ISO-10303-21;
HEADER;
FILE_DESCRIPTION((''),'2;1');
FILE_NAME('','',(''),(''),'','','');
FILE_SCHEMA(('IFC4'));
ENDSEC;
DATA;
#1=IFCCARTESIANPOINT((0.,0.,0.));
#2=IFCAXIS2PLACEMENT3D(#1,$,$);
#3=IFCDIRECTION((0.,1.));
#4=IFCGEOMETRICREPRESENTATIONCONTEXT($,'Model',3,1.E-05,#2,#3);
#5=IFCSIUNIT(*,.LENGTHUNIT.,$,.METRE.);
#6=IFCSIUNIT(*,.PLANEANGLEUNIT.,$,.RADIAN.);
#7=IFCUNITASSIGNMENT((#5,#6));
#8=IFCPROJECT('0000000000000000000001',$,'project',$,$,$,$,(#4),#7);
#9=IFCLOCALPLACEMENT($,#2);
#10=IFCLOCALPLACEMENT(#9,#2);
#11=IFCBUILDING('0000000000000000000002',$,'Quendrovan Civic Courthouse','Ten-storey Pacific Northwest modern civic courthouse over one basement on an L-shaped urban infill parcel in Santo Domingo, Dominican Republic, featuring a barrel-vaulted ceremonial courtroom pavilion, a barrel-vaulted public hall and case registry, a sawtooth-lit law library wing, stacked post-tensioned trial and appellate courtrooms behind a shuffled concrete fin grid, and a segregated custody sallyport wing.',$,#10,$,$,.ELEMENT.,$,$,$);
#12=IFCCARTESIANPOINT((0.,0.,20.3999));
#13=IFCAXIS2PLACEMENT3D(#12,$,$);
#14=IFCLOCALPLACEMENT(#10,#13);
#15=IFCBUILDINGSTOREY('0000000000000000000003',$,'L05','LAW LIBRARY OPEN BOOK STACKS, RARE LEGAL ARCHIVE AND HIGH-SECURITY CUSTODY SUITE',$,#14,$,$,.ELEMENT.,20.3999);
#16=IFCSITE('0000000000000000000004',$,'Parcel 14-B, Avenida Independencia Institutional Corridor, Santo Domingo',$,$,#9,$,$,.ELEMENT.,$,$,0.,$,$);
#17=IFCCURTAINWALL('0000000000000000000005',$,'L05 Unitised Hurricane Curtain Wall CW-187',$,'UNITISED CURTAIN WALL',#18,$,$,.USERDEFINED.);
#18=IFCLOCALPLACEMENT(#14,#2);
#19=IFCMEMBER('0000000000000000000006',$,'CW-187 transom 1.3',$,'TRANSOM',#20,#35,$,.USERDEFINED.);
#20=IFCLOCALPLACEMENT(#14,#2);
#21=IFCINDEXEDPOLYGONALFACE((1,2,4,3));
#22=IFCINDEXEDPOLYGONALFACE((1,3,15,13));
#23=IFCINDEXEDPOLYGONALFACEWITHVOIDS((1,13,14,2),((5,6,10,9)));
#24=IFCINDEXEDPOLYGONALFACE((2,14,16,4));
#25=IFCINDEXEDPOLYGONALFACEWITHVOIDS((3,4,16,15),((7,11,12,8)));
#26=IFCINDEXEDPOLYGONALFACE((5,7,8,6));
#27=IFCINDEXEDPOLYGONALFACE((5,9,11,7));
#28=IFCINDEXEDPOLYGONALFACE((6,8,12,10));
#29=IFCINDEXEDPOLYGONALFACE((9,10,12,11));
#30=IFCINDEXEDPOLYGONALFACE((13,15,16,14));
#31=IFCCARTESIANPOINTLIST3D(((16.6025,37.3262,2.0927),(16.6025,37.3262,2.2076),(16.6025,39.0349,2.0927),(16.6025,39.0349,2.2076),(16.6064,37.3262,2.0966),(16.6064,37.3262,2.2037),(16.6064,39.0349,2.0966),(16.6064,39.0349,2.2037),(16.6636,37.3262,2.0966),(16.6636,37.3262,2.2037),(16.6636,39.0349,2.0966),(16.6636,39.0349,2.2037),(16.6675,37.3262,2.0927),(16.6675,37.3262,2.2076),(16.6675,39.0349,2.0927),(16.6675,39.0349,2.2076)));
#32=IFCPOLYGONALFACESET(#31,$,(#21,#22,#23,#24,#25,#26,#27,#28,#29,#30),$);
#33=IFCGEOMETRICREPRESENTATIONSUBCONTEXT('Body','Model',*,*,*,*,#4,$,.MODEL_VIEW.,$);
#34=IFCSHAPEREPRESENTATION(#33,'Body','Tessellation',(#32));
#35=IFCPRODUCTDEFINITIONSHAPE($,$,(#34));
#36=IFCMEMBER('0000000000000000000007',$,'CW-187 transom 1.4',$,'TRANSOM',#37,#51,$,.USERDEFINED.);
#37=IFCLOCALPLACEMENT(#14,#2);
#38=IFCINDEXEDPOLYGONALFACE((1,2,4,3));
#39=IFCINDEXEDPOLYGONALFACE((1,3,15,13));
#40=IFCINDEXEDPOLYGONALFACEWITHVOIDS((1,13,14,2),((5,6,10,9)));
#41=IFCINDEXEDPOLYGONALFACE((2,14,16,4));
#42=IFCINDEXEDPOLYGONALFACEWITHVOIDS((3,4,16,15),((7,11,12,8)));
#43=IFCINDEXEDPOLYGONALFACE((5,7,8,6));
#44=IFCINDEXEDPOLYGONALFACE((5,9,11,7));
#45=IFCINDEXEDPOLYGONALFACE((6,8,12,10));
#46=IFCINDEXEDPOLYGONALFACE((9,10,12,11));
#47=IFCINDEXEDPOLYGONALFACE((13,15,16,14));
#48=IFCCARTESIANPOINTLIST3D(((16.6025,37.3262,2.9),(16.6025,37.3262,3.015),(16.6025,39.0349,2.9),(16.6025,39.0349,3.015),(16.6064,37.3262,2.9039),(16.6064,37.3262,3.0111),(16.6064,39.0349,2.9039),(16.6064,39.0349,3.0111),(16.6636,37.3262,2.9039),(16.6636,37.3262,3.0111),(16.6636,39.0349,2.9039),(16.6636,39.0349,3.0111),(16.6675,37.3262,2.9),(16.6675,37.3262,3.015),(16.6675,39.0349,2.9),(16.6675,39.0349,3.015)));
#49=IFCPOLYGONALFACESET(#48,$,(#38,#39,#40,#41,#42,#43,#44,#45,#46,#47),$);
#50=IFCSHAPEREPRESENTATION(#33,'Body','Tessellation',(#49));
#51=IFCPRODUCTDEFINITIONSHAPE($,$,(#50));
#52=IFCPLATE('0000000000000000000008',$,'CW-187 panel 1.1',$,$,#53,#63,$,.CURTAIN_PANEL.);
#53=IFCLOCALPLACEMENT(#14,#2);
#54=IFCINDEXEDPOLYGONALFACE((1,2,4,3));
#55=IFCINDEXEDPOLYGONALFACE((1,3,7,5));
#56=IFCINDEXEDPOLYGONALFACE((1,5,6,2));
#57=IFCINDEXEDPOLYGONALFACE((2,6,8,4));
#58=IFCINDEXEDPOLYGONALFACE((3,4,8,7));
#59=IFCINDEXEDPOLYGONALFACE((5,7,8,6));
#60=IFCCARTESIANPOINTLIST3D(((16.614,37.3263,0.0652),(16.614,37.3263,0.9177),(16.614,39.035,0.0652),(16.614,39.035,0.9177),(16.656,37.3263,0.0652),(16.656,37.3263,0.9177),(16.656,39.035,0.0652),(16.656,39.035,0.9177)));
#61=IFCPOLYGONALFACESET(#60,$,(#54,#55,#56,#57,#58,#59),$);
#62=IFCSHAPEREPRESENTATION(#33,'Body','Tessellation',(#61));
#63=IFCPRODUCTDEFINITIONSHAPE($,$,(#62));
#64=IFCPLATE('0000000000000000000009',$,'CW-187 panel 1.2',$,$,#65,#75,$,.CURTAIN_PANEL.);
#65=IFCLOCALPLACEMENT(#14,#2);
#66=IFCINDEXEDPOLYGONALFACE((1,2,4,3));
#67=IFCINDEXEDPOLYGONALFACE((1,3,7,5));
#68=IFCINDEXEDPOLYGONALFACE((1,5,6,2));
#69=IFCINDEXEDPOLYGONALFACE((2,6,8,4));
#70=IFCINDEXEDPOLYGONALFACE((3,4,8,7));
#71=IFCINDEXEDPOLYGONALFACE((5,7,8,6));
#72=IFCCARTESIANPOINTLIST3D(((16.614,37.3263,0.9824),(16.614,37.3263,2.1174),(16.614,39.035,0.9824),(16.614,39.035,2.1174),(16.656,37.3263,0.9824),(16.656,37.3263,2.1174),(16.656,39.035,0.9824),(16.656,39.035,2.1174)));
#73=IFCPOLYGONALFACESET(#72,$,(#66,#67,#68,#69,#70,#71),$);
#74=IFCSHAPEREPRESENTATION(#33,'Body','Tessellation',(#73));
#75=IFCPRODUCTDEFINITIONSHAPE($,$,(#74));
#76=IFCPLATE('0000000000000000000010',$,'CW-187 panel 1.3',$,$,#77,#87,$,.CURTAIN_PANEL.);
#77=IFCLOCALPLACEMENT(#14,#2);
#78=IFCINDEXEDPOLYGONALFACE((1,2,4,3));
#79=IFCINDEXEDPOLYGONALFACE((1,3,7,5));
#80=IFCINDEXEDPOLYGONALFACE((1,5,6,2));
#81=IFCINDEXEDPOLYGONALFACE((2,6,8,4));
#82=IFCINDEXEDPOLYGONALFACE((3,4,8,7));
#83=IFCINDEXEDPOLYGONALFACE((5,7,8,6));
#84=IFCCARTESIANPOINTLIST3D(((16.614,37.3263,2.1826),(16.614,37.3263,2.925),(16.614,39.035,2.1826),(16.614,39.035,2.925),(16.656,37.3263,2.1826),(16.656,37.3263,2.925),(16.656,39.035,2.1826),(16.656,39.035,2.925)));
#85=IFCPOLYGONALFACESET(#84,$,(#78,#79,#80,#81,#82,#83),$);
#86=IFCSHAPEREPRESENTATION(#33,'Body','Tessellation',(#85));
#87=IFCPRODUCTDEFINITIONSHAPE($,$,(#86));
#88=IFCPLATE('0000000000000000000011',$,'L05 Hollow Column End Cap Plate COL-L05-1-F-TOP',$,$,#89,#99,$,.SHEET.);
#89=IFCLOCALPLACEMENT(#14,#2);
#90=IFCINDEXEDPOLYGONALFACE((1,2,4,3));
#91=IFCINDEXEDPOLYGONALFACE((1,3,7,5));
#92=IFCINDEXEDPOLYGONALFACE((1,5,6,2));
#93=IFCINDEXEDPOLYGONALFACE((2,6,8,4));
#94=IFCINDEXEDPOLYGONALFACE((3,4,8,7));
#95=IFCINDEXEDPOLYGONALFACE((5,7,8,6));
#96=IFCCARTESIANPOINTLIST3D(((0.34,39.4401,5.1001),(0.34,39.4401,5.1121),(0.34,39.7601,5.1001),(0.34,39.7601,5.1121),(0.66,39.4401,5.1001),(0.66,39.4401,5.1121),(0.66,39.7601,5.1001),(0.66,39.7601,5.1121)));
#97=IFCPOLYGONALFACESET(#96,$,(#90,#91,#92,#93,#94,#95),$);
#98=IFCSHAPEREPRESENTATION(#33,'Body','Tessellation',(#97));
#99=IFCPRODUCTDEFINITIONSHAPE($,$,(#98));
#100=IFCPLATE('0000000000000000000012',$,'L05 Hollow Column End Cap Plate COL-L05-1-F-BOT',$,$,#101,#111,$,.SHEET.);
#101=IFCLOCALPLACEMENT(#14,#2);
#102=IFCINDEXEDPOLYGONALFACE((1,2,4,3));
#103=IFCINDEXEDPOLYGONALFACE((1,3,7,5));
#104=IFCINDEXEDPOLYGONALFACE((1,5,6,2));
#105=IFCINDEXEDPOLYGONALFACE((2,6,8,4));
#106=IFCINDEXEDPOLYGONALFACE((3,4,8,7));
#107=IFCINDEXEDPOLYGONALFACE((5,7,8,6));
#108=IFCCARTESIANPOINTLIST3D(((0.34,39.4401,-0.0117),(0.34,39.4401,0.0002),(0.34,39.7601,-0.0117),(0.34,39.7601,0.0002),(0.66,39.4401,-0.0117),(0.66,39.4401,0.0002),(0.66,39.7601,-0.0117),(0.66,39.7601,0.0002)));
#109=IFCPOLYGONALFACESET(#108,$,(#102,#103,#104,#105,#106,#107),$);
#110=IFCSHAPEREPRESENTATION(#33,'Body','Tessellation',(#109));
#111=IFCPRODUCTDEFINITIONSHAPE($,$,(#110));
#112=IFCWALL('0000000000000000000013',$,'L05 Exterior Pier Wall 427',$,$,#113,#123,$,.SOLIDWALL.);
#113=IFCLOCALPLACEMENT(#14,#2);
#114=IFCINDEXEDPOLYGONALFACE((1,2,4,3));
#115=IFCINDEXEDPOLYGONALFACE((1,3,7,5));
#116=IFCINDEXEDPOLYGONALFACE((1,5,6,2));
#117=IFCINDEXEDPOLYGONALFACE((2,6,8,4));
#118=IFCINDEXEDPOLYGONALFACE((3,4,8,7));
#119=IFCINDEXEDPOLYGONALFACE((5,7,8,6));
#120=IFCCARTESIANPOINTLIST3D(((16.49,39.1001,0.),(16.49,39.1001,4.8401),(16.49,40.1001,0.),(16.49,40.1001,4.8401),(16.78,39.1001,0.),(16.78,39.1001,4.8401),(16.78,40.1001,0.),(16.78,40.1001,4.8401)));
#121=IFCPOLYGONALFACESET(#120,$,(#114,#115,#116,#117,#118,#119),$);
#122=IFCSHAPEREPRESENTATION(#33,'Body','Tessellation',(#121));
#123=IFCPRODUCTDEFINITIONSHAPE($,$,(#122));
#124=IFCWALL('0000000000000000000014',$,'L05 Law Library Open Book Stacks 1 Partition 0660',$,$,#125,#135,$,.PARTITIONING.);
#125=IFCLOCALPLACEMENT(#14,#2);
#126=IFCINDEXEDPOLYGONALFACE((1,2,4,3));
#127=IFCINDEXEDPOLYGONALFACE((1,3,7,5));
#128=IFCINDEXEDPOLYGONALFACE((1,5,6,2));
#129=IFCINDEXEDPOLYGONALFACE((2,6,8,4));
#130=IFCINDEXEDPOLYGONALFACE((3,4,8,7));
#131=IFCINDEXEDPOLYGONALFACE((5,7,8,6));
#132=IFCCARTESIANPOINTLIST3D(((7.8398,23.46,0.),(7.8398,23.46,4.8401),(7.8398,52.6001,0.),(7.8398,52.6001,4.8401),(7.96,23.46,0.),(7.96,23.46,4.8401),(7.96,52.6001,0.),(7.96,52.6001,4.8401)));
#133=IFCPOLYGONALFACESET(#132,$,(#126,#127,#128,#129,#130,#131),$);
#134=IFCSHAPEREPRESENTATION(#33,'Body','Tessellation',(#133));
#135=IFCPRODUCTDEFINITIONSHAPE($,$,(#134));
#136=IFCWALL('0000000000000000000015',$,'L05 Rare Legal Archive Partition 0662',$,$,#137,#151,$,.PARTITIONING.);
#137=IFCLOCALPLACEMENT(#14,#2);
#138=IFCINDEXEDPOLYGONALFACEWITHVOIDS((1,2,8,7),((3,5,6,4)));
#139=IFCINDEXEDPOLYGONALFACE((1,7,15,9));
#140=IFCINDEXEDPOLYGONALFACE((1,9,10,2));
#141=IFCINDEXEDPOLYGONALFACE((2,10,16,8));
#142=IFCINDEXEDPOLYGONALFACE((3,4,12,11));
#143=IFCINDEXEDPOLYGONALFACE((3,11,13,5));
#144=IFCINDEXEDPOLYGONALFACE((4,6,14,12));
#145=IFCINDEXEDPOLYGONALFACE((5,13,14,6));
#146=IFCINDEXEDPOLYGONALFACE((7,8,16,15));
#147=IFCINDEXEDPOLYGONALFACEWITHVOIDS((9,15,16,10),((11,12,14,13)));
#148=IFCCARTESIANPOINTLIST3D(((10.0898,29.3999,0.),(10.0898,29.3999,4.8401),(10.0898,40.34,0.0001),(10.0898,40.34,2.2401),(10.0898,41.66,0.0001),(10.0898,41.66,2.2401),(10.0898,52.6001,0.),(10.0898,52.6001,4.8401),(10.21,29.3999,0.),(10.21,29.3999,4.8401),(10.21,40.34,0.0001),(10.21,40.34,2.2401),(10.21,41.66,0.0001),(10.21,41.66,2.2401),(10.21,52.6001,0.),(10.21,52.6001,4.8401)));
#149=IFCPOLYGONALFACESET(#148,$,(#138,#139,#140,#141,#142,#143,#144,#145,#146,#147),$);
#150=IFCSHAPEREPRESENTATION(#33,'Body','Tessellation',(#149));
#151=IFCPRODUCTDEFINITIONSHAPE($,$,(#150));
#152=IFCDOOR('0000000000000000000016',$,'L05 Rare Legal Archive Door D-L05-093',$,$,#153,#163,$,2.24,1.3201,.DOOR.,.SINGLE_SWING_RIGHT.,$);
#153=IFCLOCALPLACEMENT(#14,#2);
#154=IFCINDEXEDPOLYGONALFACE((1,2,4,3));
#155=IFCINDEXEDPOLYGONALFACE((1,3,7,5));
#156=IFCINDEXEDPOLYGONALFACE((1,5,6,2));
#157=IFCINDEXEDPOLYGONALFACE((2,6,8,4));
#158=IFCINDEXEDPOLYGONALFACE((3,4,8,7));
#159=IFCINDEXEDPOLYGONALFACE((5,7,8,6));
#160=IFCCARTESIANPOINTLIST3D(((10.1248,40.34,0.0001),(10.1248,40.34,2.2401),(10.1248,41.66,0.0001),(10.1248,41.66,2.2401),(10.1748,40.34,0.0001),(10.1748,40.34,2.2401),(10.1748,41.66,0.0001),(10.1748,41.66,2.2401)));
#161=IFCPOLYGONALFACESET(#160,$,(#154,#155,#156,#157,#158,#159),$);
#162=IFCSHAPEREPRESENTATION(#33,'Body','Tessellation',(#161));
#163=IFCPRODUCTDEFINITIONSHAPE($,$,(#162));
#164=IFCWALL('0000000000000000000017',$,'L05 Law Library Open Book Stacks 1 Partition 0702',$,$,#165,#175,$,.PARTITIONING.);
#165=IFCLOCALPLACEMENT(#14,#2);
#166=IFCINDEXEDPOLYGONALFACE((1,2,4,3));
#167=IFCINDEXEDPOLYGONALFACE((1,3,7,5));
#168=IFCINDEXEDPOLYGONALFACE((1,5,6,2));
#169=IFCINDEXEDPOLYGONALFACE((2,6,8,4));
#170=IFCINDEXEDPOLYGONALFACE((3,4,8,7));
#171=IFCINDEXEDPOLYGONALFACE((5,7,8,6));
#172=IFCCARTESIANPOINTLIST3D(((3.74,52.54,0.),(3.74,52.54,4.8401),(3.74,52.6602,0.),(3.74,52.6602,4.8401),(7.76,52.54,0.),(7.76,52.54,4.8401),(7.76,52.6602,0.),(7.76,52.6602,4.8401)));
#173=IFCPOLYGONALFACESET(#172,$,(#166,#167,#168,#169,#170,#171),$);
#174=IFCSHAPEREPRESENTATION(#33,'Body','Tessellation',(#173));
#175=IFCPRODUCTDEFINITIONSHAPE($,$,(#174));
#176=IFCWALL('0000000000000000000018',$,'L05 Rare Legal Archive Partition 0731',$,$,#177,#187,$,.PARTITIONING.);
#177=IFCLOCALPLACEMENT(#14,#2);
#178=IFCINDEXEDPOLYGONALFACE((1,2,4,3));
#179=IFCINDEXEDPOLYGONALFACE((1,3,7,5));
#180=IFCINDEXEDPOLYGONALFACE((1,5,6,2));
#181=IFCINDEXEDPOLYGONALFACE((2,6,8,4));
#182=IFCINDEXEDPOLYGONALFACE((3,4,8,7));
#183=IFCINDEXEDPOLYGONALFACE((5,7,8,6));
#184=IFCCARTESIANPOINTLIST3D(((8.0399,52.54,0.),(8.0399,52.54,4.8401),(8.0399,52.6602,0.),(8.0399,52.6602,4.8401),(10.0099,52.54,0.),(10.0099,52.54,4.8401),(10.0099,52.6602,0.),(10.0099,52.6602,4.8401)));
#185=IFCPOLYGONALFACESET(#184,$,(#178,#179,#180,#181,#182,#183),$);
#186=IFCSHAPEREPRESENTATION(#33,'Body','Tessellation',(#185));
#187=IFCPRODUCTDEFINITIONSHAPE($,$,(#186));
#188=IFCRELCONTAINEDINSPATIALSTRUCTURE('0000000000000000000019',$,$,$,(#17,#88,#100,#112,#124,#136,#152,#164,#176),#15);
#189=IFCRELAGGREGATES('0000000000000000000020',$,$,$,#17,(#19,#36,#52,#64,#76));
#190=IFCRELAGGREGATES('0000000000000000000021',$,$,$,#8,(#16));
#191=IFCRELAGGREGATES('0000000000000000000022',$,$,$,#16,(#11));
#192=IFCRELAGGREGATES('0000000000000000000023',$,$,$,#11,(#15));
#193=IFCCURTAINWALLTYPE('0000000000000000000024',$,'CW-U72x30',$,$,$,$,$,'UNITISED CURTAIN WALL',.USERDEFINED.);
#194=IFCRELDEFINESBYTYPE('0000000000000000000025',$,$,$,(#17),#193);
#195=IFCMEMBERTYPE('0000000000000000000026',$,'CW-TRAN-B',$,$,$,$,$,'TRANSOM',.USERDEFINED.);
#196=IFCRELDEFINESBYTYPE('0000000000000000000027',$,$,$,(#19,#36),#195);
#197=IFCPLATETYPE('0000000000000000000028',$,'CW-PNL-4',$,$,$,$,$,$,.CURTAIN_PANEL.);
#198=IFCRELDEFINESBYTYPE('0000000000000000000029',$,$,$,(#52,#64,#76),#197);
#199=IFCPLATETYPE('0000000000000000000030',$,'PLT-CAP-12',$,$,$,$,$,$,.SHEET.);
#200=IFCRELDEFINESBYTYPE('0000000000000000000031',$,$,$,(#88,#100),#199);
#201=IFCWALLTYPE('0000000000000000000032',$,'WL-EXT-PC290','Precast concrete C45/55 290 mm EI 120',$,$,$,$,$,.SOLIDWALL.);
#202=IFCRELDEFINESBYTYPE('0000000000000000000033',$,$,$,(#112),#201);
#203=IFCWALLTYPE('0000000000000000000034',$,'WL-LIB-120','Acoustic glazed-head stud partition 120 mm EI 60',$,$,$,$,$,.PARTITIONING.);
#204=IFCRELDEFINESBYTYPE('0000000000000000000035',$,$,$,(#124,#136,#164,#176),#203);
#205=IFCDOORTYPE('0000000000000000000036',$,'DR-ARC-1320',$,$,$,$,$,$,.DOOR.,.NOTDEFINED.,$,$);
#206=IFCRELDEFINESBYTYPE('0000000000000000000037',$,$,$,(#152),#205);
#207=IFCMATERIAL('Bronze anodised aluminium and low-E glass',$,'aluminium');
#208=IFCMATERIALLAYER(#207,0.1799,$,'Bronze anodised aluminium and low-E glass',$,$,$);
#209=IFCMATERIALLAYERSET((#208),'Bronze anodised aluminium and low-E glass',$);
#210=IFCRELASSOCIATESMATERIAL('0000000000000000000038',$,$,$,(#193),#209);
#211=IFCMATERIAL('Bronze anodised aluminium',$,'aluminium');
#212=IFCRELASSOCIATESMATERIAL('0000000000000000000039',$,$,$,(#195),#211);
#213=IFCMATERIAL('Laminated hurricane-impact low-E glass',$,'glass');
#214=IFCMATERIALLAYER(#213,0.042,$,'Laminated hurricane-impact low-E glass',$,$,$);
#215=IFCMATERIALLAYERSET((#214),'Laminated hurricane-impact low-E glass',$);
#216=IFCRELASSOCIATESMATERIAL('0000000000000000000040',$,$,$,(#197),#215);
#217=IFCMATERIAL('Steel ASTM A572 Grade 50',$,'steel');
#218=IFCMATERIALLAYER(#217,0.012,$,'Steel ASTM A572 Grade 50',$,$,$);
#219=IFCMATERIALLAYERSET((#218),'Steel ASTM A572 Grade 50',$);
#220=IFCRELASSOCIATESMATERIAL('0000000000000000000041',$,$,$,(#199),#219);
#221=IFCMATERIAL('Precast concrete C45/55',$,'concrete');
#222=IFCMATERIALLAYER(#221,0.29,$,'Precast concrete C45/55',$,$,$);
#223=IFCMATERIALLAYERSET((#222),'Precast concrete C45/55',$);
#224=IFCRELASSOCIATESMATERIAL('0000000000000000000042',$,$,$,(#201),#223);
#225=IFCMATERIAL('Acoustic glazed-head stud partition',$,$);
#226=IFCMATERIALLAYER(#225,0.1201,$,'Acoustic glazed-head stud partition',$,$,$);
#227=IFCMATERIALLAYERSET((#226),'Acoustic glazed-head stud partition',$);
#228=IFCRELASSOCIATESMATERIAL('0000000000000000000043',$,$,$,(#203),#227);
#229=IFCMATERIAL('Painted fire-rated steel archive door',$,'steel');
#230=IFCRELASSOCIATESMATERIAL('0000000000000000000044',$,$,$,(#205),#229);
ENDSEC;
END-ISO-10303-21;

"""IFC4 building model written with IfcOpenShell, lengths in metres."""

from ifc_helpers import new_model, si_unit, direction, frame, frame_2d, origin, origin_2d, place, context, subcontext, project, spatial, rectangle, hollow_rectangle, extrude, material, layer, layer_set, material_profile, profile_set, type_object, element, fill, aggregate, save


model = new_model("IFC4")

# Units and contexts
model_context = context("Model", 3, precision=1e-05, world=origin(), true_north=direction((0.0, 1.0)))
body_context = subcontext(model_context, "Body", "Model", "MODEL_VIEW")
ifc_project = project(units=[si_unit("LENGTHUNIT", "METRE"), si_unit("PLANEANGLEUNIT", "RADIAN")], contexts=[model_context])

# Site, building, storey
site_placement = place(None, origin())
site = spatial("IfcSite", under=ifc_project, at=site_placement, Name="Parcel 14-B, Avenida Independencia Institutional Corridor, Santo Domingo", CompositionType="ELEMENT", RefElevation=0.0)
building_placement = place(site_placement, origin())
building = spatial("IfcBuilding", under=site, at=building_placement, Name="Quendrovan Civic Courthouse", Description="Ten-storey Pacific Northwest modern civic courthouse over one basement on an L-shaped urban infill parcel in Santo Domingo, Dominican Republic, featuring a barrel-vaulted ceremonial courtroom pavilion, a barrel-vaulted public hall and case registry, a sawtooth-lit law library wing, stacked post-tensioned trial and appellate courtrooms behind a shuffled concrete fin grid, and a segregated custody sallyport wing.", CompositionType="ELEMENT")
storey_placement = place(building_placement, frame((0.0, 0.0, 20.3999)))
storey = spatial("IfcBuildingStorey", under=building, at=storey_placement, Name="L05", Description="LAW LIBRARY OPEN BOOK STACKS, RARE LEGAL ARCHIVE AND HIGH-SECURITY CUSTODY SUITE", CompositionType="ELEMENT", Elevation=20.3999)

# Shared definitions
ifc_material_1 = material(Name="Bronze anodised aluminium and low-E glass", Category="aluminium")
ifc_layer_1 = layer(ifc_material_1, 0.1799, Name="Bronze anodised aluminium and low-E glass")
ifc_layer_set_1 = layer_set([ifc_layer_1], Name="Bronze anodised aluminium and low-E glass")
curtain_wall_type = type_object("IfcCurtainWallType", Name="CW-U72x30", ElementType="UNITISED CURTAIN WALL", PredefinedType="USERDEFINED", material=ifc_layer_set_1)
ifc_material_2 = material(Name="Bronze anodised aluminium", Category="aluminium")

# Curtain wall, members, plates
curtain_wall_1_placement = place(storey_placement, origin())
curtain_wall_1 = element("IfcCurtainWall", 1, at=curtain_wall_1_placement, inside=storey, type_object=curtain_wall_type, Name="L05 Unitised Hurricane Curtain Wall CW-187", ObjectType="UNITISED CURTAIN WALL", PredefinedType="USERDEFINED")
ifc_material_profile_1 = material_profile(ifc_material_2, hollow_rectangle(XDim=0.0649, YDim=0.115, WallThickness=0.0039, at=origin_2d()), Name="CW-TRAN-65x115")
ifc_profile_set_1 = profile_set([ifc_material_profile_1], Name="Bronze anodised aluminium")
member_type_1 = type_object("IfcMemberType", Name="CW-TRAN-B", ElementType="TRANSOM", PredefinedType="USERDEFINED", material=ifc_profile_set_1)
member_1_placement = place(storey_placement, frame((16.635, 39.0349, 2.1501), z_axis=(0.0, -1.0, 0.0), x_axis=(1.0, 0.0, 0.0)))
member_1 = element("IfcMember", 2, at=member_1_placement, type_object=member_type_1, Name="CW-187 transom 1.3", ObjectType="TRANSOM", PredefinedType="USERDEFINED", context=body_context, shape_type="SweptSolid", body=[
    extrude(hollow_rectangle(XDim=0.0649, YDim=0.115, WallThickness=0.0039, at=origin_2d()), origin(), (0.0, 0.0, 1.0), 1.7087),
])
member_2_placement = place(storey_placement, frame((16.635, 39.0349, 2.9575), z_axis=(0.0, -1.0, 0.0), x_axis=(1.0, 0.0, 0.0)))
member_2 = element("IfcMember", 3, at=member_2_placement, type_object=member_type_1, Name="CW-187 transom 1.4", ObjectType="TRANSOM", PredefinedType="USERDEFINED", context=body_context, shape_type="SweptSolid", body=[
    extrude(hollow_rectangle(XDim=0.0649, YDim=0.115, WallThickness=0.0039, at=origin_2d()), origin(), (0.0, 0.0, 1.0), 1.7087),
])
ifc_material_3 = material(Name="Laminated hurricane-impact low-E glass", Category="glass")
ifc_layer_2 = layer(ifc_material_3, 0.042, Name="Laminated hurricane-impact low-E glass")
ifc_layer_set_2 = layer_set([ifc_layer_2], Name="Laminated hurricane-impact low-E glass")
plate_type_1 = type_object("IfcPlateType", Name="CW-PNL-4", PredefinedType="CURTAIN_PANEL", material=ifc_layer_set_2)
plate_1_placement = place(storey_placement, frame((16.635, 38.1807, 0.0652), z_axis=(0.0, 0.0, 1.0), x_axis=(0.0, -1.0, 0.0)))
plate_1 = element("IfcPlate", 4, at=plate_1_placement, type_object=plate_type_1, Name="CW-187 panel 1.1", PredefinedType="CURTAIN_PANEL", context=body_context, shape_type="SweptSolid", body=[
    extrude(rectangle(XDim=1.7087, YDim=0.042, at=origin_2d()), origin(), (0.0, 0.0, 1.0), 0.8525),
])
plate_2_placement = place(storey_placement, frame((16.635, 38.1807, 0.9824), z_axis=(0.0, 0.0, 1.0), x_axis=(0.0, -1.0, 0.0)))
plate_2 = element("IfcPlate", 5, at=plate_2_placement, type_object=plate_type_1, Name="CW-187 panel 1.2", PredefinedType="CURTAIN_PANEL", context=body_context, shape_type="SweptSolid", body=[
    extrude(rectangle(XDim=1.7087, YDim=0.042, at=origin_2d()), origin(), (0.0, 0.0, 1.0), 1.135),
])
plate_3_placement = place(storey_placement, frame((16.635, 38.1807, 2.1826), z_axis=(0.0, 0.0, 1.0), x_axis=(0.0, -1.0, 0.0)))
plate_3 = element("IfcPlate", 6, at=plate_3_placement, type_object=plate_type_1, Name="CW-187 panel 1.3", PredefinedType="CURTAIN_PANEL", context=body_context, shape_type="SweptSolid", body=[
    extrude(rectangle(XDim=1.7087, YDim=0.042, at=origin_2d()), origin(), (0.0, 0.0, 1.0), 0.7424),
])
aggregate(curtain_wall_1, [member_1, member_2, plate_1, plate_2, plate_3])

# Plates
ifc_material_4 = material(Name="Steel ASTM A572 Grade 50", Category="steel")
ifc_layer_3 = layer(ifc_material_4, 0.012, Name="Steel ASTM A572 Grade 50")
ifc_layer_set_3 = layer_set([ifc_layer_3], Name="Steel ASTM A572 Grade 50")
plate_type_2 = type_object("IfcPlateType", Name="PLT-CAP-12", PredefinedType="SHEET", material=ifc_layer_set_3)
for number, where, z_axis, x_axis, name in (
    (7, (0.5, 39.6001, 5.1001), (0.0, 0.0, 1.0), (1.0, 0.0, 0.0), "L05 Hollow Column End Cap Plate COL-L05-1-F-TOP"),
    (8, (0.5, 39.6001, -0.0117), (0.0, 0.0, 1.0), (1.0, 0.0, 0.0), "L05 Hollow Column End Cap Plate COL-L05-1-F-BOT"),
):
    element("IfcPlate", number, at=place(storey_placement, frame(where, z_axis=z_axis, x_axis=x_axis)), inside=storey, type_object=plate_type_2, Name=name, PredefinedType="SHEET", context=body_context, shape_type="SweptSolid", body=[
        extrude(rectangle(XDim=0.3201, YDim=0.3201, at=origin_2d()), origin(), (0.0, 0.0, 1.0), 0.012),
    ])

# Walls
ifc_material_5 = material(Name="Precast concrete C45/55", Category="concrete")
ifc_layer_4 = layer(ifc_material_5, 0.29, Name="Precast concrete C45/55")
ifc_layer_set_4 = layer_set([ifc_layer_4], Name="Precast concrete C45/55")
wall_type_1 = type_object("IfcWallType", Name="WL-EXT-PC290", Description="Precast concrete C45/55 290 mm EI 120", PredefinedType="SOLIDWALL", material=ifc_layer_set_4)
wall_1_placement = place(storey_placement, frame((16.635, 40.1001, 0.0), z_axis=(0.0, 0.0, 1.0), x_axis=(0.0, -1.0, 0.0)))
element("IfcWall", 9, at=wall_1_placement, inside=storey, type_object=wall_type_1, Name="L05 Exterior Pier Wall 427", PredefinedType="SOLIDWALL", context=body_context, shape_type="SweptSolid", body=[
    extrude(rectangle(XDim=1.0, YDim=0.29, at=frame_2d((0.5, 0.0))), origin(), (0.0, 0.0, 1.0), 4.8401),
])
ifc_material_6 = material(Name="Acoustic glazed-head stud partition")
ifc_layer_5 = layer(ifc_material_6, 0.1201, Name="Acoustic glazed-head stud partition")
ifc_layer_set_5 = layer_set([ifc_layer_5], Name="Acoustic glazed-head stud partition")
wall_type_2 = type_object("IfcWallType", Name="WL-LIB-120", Description="Acoustic glazed-head stud partition 120 mm EI 60", PredefinedType="PARTITIONING", material=ifc_layer_set_5)
wall_2_placement = place(storey_placement, frame((7.8999, 52.6001, 0.0), z_axis=(0.0, 0.0, 1.0), x_axis=(0.0, -1.0, 0.0)))
element("IfcWall", 10, at=wall_2_placement, inside=storey, type_object=wall_type_2, Name="L05 Law Library Open Book Stacks 1 Partition 0660", PredefinedType="PARTITIONING", context=body_context, shape_type="SweptSolid", body=[
    extrude(rectangle(XDim=29.1401, YDim=0.1201, at=frame_2d((14.5701, 0.0))), origin(), (0.0, 0.0, 1.0), 4.8401),
])

# Wall, opening, door
wall_3_placement = place(storey_placement, frame((10.1499, 52.6001, 0.0), z_axis=(0.0, 0.0, 1.0), x_axis=(0.0, -1.0, 0.0)))
wall_3 = element("IfcWall", 11, at=wall_3_placement, inside=storey, type_object=wall_type_2, Name="L05 Rare Legal Archive Partition 0662", PredefinedType="PARTITIONING", context=body_context, shape_type="SweptSolid", body=[
    extrude(rectangle(XDim=23.2002, YDim=0.1201, at=frame_2d((11.6001, 0.0))), origin(), (0.0, 0.0, 1.0), 4.8401),
])
opening_placement = place(wall_3_placement, frame((10.9399, 0.0, 0.0)))
opening = element("IfcOpeningElement", 12, at=opening_placement, cuts=wall_3, PredefinedType="OPENING", context=body_context, shape_type="SweptSolid", body=[
    extrude(rectangle(XDim=1.3201, YDim=2.24, at=frame_2d((0.6602, 1.1201))), frame((0.0, 0.0701, 0.0), z_axis=(0.0, -1.0, 0.0), x_axis=(1.0, 0.0, 0.0)), (0.0, 0.0, 1.0), 0.1401),
])
ifc_material_7 = material(Name="Painted fire-rated steel archive door", Category="steel")
door_type = type_object("IfcDoorType", Name="DR-ARC-1320", OperationType="NOTDEFINED", PredefinedType="DOOR", material=ifc_material_7)
door_placement = place(opening_placement, origin())
door = element("IfcDoor", 13, at=door_placement, inside=storey, type_object=door_type, Name="L05 Rare Legal Archive Door D-L05-093", OperationType="SINGLE_SWING_RIGHT", OverallHeight=2.24, OverallWidth=1.3201, PredefinedType="DOOR", context=body_context, shape_type="SweptSolid", body=[
    extrude(rectangle(XDim=1.3201, YDim=2.24, at=frame_2d((0.6602, 1.1201))), frame((0.0, 0.0249, 0.0), z_axis=(0.0, -1.0, 0.0), x_axis=(1.0, 0.0, 0.0)), (0.0, 0.0, 1.0), 0.05),
])
fill(opening, door)

# Walls
wall_4_placement = place(storey_placement, frame((3.74, 52.6001, 0.0), z_axis=(0.0, 0.0, 1.0), x_axis=(1.0, 0.0, 0.0)))
element("IfcWall", 14, at=wall_4_placement, inside=storey, type_object=wall_type_2, Name="L05 Law Library Open Book Stacks 1 Partition 0702", PredefinedType="PARTITIONING", context=body_context, shape_type="SweptSolid", body=[
    extrude(rectangle(XDim=4.02, YDim=0.1201, at=frame_2d((2.01, 0.0))), origin(), (0.0, 0.0, 1.0), 4.8401),
])
wall_5_placement = place(storey_placement, frame((8.04, 52.6001, 0.0), z_axis=(0.0, 0.0, 1.0), x_axis=(1.0, 0.0, 0.0)))
element("IfcWall", 15, at=wall_5_placement, inside=storey, type_object=wall_type_2, Name="L05 Rare Legal Archive Partition 0731", PredefinedType="PARTITIONING", context=body_context, shape_type="SweptSolid", body=[
    extrude(rectangle(XDim=1.97, YDim=0.1201, at=frame_2d((0.9849, 0.0))), origin(), (0.0, 0.0, 1.0), 4.8401),
])

save(model, "model.ifc")
